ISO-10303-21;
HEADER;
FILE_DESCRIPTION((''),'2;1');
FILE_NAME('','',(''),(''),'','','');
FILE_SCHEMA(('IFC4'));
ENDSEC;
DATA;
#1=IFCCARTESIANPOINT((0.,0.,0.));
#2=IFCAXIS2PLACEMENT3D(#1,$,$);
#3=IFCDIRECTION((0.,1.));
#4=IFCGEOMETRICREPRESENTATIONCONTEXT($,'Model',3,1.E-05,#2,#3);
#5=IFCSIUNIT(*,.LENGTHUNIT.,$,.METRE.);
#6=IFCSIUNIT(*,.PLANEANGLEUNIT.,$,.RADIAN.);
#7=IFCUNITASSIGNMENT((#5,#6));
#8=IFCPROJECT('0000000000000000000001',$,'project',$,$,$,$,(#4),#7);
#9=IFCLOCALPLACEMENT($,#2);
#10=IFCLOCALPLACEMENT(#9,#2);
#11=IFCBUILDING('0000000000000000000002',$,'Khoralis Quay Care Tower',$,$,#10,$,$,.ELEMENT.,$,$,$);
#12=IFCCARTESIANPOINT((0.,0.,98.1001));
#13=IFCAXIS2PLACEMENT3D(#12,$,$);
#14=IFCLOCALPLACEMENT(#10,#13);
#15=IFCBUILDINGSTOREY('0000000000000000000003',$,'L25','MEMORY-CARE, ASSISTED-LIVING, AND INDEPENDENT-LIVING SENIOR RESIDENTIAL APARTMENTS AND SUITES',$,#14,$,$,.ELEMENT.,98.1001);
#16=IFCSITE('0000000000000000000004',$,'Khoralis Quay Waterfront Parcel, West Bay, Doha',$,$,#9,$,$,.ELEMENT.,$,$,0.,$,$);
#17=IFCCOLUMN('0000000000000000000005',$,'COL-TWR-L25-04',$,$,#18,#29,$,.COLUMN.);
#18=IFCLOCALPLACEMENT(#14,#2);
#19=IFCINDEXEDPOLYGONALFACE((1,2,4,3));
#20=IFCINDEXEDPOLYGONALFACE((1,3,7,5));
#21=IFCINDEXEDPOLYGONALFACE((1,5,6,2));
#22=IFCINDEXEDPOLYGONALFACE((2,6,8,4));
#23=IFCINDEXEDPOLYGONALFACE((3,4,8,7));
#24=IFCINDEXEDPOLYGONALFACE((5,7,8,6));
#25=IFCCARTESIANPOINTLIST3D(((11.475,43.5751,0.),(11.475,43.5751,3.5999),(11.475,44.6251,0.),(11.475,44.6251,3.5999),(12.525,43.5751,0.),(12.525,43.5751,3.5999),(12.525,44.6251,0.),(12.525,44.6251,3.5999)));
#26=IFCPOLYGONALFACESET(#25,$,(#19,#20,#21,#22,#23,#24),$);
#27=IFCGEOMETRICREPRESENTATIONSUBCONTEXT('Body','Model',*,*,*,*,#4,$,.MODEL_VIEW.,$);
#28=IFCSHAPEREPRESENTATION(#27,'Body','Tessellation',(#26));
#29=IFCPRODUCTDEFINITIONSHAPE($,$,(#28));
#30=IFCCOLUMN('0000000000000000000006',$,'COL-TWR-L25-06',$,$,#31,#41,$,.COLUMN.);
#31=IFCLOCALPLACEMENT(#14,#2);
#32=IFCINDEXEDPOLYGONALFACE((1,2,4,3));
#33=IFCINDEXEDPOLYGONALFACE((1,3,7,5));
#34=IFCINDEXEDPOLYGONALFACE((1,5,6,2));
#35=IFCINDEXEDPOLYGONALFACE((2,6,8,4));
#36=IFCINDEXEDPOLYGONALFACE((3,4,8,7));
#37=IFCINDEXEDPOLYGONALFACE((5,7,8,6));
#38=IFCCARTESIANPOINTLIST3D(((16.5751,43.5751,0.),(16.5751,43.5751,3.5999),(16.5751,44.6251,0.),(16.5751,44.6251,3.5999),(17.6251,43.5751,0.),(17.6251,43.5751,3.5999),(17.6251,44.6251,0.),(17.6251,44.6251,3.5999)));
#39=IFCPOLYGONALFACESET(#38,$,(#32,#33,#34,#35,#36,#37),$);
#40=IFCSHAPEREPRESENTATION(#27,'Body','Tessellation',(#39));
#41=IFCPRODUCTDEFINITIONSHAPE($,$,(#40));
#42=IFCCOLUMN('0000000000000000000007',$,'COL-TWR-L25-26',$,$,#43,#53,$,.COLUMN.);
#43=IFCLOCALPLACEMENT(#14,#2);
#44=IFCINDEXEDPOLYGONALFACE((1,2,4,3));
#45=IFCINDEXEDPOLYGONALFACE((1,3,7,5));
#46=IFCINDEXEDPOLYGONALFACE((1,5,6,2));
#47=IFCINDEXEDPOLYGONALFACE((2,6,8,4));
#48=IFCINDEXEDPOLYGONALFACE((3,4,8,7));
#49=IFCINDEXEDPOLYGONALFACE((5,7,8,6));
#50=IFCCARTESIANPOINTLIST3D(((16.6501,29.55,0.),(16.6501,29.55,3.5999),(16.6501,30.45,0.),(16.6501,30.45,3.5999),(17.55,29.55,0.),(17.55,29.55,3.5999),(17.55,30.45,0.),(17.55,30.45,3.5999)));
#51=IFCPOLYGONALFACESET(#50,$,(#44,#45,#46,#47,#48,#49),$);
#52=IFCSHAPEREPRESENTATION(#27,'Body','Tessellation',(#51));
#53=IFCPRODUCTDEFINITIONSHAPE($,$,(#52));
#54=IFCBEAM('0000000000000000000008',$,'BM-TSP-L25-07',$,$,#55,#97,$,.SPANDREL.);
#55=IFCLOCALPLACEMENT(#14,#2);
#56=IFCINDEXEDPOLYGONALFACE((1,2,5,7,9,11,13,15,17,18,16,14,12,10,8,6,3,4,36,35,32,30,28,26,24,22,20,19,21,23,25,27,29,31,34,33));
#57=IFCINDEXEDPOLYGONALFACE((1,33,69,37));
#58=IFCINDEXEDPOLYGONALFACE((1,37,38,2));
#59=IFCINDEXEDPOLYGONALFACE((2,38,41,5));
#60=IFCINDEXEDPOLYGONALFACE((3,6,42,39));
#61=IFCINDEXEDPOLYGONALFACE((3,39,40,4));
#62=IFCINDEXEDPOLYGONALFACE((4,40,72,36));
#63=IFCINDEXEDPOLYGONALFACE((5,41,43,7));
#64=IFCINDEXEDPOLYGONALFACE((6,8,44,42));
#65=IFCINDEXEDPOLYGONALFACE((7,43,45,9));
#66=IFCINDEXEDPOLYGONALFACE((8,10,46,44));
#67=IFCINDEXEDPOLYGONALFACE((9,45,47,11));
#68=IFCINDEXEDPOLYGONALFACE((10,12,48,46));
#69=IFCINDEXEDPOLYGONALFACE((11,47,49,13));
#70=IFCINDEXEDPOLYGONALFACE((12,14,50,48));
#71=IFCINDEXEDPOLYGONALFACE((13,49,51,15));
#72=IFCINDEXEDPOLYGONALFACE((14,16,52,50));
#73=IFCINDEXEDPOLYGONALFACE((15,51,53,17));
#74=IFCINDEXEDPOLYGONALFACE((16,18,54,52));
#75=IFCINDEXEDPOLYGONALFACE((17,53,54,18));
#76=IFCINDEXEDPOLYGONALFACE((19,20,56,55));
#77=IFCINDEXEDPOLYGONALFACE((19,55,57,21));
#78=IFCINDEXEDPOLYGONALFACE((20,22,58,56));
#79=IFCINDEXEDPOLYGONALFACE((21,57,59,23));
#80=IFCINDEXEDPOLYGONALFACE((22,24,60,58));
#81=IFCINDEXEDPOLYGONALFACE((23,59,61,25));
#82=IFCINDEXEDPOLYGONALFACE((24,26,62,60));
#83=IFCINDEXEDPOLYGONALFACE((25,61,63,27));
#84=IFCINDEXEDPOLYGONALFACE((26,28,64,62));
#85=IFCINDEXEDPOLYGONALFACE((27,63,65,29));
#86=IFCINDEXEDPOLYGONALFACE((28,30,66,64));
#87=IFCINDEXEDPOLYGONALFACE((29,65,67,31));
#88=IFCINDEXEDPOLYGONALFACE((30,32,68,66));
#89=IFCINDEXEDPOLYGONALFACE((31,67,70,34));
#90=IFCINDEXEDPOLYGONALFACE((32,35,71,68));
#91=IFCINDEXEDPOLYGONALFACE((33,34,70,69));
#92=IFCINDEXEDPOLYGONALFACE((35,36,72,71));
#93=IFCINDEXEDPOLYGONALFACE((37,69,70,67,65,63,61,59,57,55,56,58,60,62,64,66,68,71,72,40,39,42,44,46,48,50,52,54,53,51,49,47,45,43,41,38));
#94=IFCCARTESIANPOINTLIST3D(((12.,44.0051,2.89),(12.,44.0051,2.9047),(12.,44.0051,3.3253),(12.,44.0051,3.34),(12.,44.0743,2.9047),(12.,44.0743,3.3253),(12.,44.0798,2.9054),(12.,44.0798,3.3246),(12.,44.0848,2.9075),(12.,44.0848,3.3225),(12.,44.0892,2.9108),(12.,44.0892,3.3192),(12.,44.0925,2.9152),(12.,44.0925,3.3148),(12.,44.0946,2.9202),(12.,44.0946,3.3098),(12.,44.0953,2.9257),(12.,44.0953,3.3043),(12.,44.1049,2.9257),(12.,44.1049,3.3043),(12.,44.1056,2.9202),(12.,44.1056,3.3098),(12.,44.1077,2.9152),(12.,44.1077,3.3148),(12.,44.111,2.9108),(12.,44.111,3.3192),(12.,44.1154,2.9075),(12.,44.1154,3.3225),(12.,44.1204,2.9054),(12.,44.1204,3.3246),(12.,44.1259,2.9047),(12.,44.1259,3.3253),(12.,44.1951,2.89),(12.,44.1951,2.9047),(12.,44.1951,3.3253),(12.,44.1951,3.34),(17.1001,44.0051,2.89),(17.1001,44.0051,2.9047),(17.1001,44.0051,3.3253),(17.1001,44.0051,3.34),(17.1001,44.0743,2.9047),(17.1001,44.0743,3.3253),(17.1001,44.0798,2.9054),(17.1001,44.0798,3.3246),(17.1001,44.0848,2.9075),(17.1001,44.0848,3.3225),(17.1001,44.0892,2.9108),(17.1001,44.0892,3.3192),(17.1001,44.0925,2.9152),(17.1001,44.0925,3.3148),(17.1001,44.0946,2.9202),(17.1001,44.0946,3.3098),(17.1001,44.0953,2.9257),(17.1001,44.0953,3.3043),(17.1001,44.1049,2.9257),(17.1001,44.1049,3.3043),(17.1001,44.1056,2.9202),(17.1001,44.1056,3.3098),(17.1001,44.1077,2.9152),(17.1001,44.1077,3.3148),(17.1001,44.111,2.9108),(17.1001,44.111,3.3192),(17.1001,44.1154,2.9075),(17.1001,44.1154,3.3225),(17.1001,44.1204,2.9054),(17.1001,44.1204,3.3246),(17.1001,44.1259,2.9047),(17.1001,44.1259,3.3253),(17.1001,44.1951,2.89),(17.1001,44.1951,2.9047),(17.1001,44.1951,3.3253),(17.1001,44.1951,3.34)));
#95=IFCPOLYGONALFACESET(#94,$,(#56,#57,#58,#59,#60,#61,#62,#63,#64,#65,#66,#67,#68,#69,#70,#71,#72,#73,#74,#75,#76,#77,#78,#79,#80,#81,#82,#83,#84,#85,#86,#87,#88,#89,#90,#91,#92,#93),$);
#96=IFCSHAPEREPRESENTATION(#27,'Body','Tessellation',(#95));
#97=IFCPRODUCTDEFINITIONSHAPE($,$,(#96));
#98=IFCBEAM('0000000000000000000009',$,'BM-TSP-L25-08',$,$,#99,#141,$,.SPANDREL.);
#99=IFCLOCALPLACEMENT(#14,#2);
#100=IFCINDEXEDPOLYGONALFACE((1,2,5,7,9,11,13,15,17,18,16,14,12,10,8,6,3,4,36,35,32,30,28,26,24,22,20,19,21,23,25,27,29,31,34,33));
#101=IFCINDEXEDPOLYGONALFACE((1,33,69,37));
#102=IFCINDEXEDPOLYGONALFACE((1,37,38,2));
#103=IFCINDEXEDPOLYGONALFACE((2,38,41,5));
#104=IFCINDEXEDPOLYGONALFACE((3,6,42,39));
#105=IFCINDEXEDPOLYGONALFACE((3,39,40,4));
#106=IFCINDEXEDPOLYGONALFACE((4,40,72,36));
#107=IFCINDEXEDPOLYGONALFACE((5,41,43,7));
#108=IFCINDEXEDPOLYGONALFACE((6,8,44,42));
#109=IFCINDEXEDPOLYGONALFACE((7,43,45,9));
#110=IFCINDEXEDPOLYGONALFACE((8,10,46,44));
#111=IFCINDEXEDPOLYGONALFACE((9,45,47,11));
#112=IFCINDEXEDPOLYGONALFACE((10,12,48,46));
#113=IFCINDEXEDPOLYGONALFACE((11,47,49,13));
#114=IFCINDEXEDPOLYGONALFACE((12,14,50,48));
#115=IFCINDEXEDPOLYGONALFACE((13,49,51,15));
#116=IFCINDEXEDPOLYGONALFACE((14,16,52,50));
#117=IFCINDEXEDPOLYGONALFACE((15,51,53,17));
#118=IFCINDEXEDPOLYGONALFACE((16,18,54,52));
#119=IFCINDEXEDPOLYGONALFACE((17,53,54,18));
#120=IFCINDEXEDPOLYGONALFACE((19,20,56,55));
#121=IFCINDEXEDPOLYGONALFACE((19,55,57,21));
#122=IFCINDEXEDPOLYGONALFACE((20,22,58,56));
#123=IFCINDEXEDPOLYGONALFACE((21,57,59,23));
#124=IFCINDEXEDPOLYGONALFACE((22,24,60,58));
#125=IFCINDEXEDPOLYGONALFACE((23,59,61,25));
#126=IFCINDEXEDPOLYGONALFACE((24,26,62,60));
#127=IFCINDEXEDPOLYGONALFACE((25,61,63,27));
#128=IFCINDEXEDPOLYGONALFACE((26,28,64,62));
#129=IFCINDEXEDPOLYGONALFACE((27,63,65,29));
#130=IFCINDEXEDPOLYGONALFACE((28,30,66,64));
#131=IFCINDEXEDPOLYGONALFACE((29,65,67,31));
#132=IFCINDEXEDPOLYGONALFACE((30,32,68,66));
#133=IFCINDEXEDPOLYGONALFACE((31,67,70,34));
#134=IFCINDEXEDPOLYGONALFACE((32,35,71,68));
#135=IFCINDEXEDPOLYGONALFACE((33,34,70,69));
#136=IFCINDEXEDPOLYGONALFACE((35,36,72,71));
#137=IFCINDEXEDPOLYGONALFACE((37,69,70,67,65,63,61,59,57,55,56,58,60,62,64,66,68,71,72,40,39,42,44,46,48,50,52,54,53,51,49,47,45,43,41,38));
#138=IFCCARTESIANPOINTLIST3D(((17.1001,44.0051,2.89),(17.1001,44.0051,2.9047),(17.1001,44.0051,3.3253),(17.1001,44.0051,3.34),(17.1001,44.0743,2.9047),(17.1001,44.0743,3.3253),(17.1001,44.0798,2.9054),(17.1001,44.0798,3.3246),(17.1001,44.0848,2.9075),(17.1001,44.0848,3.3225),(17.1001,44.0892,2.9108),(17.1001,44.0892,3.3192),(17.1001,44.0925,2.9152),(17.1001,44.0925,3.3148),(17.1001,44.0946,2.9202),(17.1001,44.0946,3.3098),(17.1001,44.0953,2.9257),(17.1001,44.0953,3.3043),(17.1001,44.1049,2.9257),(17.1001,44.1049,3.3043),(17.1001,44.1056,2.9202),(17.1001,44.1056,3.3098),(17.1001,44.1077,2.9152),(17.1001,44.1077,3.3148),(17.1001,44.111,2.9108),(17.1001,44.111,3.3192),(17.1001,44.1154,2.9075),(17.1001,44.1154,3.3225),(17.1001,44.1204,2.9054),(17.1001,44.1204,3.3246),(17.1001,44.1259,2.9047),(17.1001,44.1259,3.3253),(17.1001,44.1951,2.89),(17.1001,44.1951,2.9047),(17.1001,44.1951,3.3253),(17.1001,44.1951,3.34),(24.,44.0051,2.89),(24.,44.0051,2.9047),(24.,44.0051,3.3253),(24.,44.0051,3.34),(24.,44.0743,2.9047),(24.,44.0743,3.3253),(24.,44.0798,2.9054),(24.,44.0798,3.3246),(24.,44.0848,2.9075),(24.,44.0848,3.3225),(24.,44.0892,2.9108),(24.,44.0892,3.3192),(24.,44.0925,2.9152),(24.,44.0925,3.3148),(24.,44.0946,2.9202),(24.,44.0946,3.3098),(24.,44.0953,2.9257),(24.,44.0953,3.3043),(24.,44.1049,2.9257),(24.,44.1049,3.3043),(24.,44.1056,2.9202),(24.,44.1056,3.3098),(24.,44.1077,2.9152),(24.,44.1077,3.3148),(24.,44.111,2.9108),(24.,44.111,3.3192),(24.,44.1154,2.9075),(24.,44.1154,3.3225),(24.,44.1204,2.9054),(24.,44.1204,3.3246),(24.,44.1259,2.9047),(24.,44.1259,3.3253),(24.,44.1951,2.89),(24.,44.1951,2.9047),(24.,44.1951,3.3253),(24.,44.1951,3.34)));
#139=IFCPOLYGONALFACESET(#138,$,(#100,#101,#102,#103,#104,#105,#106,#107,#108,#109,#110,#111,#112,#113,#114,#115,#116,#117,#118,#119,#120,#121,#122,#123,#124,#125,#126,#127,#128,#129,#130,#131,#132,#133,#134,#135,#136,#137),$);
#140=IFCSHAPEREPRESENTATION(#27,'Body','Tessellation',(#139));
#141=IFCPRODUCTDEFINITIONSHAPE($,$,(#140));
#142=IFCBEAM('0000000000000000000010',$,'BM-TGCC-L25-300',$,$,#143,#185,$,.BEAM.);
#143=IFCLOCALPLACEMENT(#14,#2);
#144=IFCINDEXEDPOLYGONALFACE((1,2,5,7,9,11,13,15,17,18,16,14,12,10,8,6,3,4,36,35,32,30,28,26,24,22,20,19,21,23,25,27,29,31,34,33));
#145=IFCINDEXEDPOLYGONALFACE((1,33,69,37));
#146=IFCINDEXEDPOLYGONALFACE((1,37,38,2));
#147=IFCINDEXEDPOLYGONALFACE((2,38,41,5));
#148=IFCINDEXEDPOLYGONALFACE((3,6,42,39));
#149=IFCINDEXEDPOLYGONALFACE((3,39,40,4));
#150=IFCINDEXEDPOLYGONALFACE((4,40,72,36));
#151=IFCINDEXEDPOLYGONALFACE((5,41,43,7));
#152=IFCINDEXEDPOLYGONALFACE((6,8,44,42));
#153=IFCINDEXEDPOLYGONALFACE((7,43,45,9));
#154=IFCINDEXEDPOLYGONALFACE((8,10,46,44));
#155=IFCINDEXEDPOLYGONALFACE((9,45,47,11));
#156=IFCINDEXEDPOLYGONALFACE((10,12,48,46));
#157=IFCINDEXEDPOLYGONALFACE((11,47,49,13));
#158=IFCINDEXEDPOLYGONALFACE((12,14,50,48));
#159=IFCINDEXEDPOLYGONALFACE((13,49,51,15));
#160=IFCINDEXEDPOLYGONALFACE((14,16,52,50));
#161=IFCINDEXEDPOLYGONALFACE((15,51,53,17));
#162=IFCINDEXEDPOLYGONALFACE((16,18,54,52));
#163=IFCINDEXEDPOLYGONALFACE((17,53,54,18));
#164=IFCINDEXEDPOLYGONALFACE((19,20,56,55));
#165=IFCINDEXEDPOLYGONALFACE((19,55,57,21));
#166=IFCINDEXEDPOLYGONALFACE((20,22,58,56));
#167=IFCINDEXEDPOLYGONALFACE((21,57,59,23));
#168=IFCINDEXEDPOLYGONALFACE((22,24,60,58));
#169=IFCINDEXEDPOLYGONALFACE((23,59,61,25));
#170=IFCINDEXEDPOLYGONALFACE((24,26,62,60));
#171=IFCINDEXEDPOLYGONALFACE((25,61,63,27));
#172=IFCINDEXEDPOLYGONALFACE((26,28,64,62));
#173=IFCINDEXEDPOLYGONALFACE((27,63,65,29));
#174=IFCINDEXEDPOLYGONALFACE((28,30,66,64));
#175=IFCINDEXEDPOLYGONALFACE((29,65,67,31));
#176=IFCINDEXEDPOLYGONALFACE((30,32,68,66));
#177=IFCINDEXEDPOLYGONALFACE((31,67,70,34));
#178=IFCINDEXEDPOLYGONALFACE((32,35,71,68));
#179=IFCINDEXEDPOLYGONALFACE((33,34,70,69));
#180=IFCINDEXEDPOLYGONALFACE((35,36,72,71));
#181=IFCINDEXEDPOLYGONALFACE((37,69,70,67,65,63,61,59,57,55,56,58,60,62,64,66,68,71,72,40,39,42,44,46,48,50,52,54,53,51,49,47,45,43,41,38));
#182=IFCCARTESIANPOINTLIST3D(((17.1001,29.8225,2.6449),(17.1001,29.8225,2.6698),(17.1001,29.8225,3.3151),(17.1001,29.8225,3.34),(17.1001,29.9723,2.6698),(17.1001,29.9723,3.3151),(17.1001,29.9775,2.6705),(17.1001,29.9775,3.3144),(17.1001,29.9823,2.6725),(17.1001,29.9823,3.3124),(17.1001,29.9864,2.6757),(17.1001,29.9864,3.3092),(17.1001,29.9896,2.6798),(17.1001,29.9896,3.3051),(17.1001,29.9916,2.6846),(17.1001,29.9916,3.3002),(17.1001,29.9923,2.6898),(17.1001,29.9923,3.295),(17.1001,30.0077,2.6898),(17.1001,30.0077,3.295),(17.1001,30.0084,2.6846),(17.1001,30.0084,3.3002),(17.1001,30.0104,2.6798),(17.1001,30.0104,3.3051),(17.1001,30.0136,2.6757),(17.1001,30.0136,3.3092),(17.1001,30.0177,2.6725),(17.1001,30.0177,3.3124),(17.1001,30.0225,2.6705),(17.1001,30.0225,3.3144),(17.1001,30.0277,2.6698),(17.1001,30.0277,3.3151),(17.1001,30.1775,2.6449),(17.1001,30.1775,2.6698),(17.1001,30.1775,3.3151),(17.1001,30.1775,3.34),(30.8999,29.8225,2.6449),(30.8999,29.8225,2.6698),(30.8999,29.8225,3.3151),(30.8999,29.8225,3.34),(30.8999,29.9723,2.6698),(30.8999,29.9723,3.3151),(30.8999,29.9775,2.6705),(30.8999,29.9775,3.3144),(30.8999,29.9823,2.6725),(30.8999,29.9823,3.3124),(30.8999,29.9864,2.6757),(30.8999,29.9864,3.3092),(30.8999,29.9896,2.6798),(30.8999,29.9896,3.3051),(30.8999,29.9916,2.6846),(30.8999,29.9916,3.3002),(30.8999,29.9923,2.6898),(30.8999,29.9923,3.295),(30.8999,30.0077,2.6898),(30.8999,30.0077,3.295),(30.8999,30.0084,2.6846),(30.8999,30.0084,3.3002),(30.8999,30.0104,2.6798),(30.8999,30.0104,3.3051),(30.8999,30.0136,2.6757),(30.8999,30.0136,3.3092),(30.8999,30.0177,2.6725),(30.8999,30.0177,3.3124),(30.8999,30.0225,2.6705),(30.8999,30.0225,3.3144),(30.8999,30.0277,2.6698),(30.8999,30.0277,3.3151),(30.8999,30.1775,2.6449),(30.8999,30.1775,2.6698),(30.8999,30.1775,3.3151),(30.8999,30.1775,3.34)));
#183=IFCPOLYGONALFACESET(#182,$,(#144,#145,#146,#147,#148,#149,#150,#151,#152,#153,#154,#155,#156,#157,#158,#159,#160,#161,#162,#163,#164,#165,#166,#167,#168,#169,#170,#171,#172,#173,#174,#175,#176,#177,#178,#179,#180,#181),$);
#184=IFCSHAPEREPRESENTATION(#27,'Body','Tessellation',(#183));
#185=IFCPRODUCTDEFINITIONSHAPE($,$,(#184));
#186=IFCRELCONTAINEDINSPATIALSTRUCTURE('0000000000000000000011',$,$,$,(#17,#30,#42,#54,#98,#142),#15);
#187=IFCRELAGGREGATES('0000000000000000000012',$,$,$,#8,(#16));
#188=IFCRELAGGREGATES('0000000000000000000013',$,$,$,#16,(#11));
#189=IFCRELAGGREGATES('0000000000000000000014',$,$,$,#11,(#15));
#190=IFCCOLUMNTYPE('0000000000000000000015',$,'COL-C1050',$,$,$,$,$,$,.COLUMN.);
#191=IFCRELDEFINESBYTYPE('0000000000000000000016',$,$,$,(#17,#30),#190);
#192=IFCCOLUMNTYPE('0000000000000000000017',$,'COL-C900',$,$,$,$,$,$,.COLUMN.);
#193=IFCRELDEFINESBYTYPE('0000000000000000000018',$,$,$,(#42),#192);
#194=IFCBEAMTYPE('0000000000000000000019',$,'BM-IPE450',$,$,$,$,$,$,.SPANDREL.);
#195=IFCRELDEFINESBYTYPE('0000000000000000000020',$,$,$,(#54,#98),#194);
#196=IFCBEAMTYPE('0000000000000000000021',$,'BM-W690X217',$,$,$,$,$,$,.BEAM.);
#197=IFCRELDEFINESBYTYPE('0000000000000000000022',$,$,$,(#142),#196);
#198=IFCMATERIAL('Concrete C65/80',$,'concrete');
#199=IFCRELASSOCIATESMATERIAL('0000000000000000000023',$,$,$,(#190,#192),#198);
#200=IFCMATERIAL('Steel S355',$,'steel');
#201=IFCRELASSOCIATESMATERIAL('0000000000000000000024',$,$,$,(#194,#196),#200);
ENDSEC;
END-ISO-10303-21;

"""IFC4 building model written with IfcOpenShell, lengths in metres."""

from ifc_helpers import new_model, si_unit, direction, frame, origin, origin_2d, place, context, subcontext, project, spatial, rectangle, i_section, extrude, source, transform, mapped, material, material_profile, profile_set, type_object, element, save


model = new_model("IFC4")

# Units and contexts
model_context = context("Model", 3, precision=1e-05, world=origin(), true_north=direction((0.0, 1.0)))
body_context = subcontext(model_context, "Body", "Model", "MODEL_VIEW")
ifc_project = project(units=[si_unit("LENGTHUNIT", "METRE"), si_unit("PLANEANGLEUNIT", "RADIAN")], contexts=[model_context])

# Site, building, storey
site_placement = place(None, origin())
site = spatial("IfcSite", under=ifc_project, at=site_placement, Name="Khoralis Quay Waterfront Parcel, West Bay, Doha", CompositionType="ELEMENT", RefElevation=0.0)
building_placement = place(site_placement, origin())
building = spatial("IfcBuilding", under=site, at=building_placement, Name="Khoralis Quay Care Tower", CompositionType="ELEMENT")
storey_placement = place(building_placement, frame((0.0, 0.0, 98.1001)))
storey = spatial("IfcBuildingStorey", under=building, at=storey_placement, Name="L25", Description="MEMORY-CARE, ASSISTED-LIVING, AND INDEPENDENT-LIVING SENIOR RESIDENTIAL APARTMENTS AND SUITES", CompositionType="ELEMENT", Elevation=98.1001)

# Columns
ifc_material_1 = material(Name="Concrete C65/80", Category="concrete")
ifc_material_profile_1 = material_profile(ifc_material_1, rectangle(XDim=1.05, YDim=1.05, at=origin_2d()), Name="Concrete C65/80")
ifc_profile_set_1 = profile_set([ifc_material_profile_1], Name="Concrete C65/80")
column_type_1 = type_object("IfcColumnType", Name="COL-C1050", PredefinedType="COLUMN", material=ifc_profile_set_1)
shared_shape_1 = source(origin(), body_context, "Body", "SweptSolid", [
    extrude(rectangle(XDim=1.05, YDim=1.05, at=origin_2d()), origin(), (0.0, 0.0, 1.0), 3.5999),
])
for number, where, z_axis, x_axis, name in (
    (1, (12.0, 44.1001, 0.0), (0.0, 0.0, 1.0), (1.0, 0.0, 0.0), "COL-TWR-L25-04"),
    (2, (17.1001, 44.1001, 0.0), (0.0, 0.0, 1.0), (1.0, 0.0, 0.0), "COL-TWR-L25-06"),
):
    element("IfcColumn", number, at=place(storey_placement, frame(where, z_axis=z_axis, x_axis=x_axis)), inside=storey, type_object=column_type_1, Name=name, PredefinedType="COLUMN", context=body_context, shape_type="MappedRepresentation", body=[
        mapped(shared_shape_1, transform((0.0, 0.0, 0.0), scale=1.0)),
    ])
ifc_material_profile_2 = material_profile(ifc_material_1, rectangle(XDim=0.8999, YDim=0.8999, at=origin_2d()), Name="Concrete C65/80")
ifc_profile_set_2 = profile_set([ifc_material_profile_2], Name="Concrete C65/80")
column_type_2 = type_object("IfcColumnType", Name="COL-C900", PredefinedType="COLUMN", material=ifc_profile_set_2)
shared_shape_2 = source(origin(), body_context, "Body", "SweptSolid", [
    extrude(rectangle(XDim=0.8999, YDim=0.8999, at=origin_2d()), origin(), (0.0, 0.0, 1.0), 3.5999),
])
column_placement = place(storey_placement, frame((17.1001, 30.0, 0.0), z_axis=(0.0, 0.0, 1.0), x_axis=(1.0, 0.0, 0.0)))
element("IfcColumn", 3, at=column_placement, inside=storey, type_object=column_type_2, Name="COL-TWR-L25-26", PredefinedType="COLUMN", context=body_context, shape_type="MappedRepresentation", body=[
    mapped(shared_shape_2, transform((0.0, 0.0, 0.0), scale=1.0)),
])

# Beams
ifc_material_2 = material(Name="Steel S355", Category="steel")
ifc_material_profile_3 = material_profile(ifc_material_2, i_section(OverallWidth=0.1899, OverallDepth=0.45, WebThickness=0.0095, FlangeThickness=0.0146, FilletRadius=0.021, at=origin_2d()), Name="Steel S355")
ifc_profile_set_3 = profile_set([ifc_material_profile_3], Name="Steel S355")
beam_type_1 = type_object("IfcBeamType", Name="BM-IPE450", PredefinedType="SPANDREL", material=ifc_profile_set_3)
shared_shape_3 = source(origin(), body_context, "Body", "SweptSolid", [
    extrude(i_section(OverallWidth=0.1899, OverallDepth=0.45, WebThickness=0.0095, FlangeThickness=0.0146, FilletRadius=0.021, at=origin_2d()), origin(), (0.0, 0.0, 1.0), 5.1001),
])
beam_1_placement = place(storey_placement, frame((12.0, 44.1001, 3.115), z_axis=(1.0, 0.0, 0.0), x_axis=(0.0, 1.0, 0.0)))
element("IfcBeam", 4, at=beam_1_placement, inside=storey, type_object=beam_type_1, Name="BM-TSP-L25-07", PredefinedType="SPANDREL", context=body_context, shape_type="MappedRepresentation", body=[
    mapped(shared_shape_3, transform((0.0, 0.0, 0.0), scale=1.0)),
])
shared_shape_4 = source(origin(), body_context, "Body", "SweptSolid", [
    extrude(i_section(OverallWidth=0.1899, OverallDepth=0.45, WebThickness=0.0095, FlangeThickness=0.0146, FilletRadius=0.021, at=origin_2d()), origin(), (0.0, 0.0, 1.0), 6.8999),
])
beam_2_placement = place(storey_placement, frame((17.1001, 44.1001, 3.115), z_axis=(1.0, 0.0, 0.0), x_axis=(0.0, 1.0, 0.0)))
element("IfcBeam", 5, at=beam_2_placement, inside=storey, type_object=beam_type_1, Name="BM-TSP-L25-08", PredefinedType="SPANDREL", context=body_context, shape_type="MappedRepresentation", body=[
    mapped(shared_shape_4, transform((0.0, 0.0, 0.0), scale=1.0)),
])
ifc_material_profile_4 = material_profile(ifc_material_2, i_section(OverallWidth=0.355, OverallDepth=0.6951, WebThickness=0.0154, FlangeThickness=0.0249, FilletRadius=0.02, at=origin_2d()), Name="Steel S355")
ifc_profile_set_4 = profile_set([ifc_material_profile_4], Name="Steel S355")
beam_type_2 = type_object("IfcBeamType", Name="BM-W690X217", PredefinedType="BEAM", material=ifc_profile_set_4)
shared_shape_5 = source(origin(), body_context, "Body", "SweptSolid", [
    extrude(i_section(OverallWidth=0.355, OverallDepth=0.6951, WebThickness=0.0154, FlangeThickness=0.0249, FilletRadius=0.02, at=origin_2d()), origin(), (0.0, 0.0, 1.0), 13.7998),
])
beam_3_placement = place(storey_placement, frame((17.1001, 30.0, 2.9924), z_axis=(1.0, 0.0, 0.0), x_axis=(0.0, 1.0, 0.0)))
element("IfcBeam", 6, at=beam_3_placement, inside=storey, type_object=beam_type_2, Name="BM-TGCC-L25-300", PredefinedType="BEAM", context=body_context, shape_type="MappedRepresentation", body=[
    mapped(shared_shape_5, transform((0.0, 0.0, 0.0), scale=1.0)),
])

save(model, "model.ifc")
